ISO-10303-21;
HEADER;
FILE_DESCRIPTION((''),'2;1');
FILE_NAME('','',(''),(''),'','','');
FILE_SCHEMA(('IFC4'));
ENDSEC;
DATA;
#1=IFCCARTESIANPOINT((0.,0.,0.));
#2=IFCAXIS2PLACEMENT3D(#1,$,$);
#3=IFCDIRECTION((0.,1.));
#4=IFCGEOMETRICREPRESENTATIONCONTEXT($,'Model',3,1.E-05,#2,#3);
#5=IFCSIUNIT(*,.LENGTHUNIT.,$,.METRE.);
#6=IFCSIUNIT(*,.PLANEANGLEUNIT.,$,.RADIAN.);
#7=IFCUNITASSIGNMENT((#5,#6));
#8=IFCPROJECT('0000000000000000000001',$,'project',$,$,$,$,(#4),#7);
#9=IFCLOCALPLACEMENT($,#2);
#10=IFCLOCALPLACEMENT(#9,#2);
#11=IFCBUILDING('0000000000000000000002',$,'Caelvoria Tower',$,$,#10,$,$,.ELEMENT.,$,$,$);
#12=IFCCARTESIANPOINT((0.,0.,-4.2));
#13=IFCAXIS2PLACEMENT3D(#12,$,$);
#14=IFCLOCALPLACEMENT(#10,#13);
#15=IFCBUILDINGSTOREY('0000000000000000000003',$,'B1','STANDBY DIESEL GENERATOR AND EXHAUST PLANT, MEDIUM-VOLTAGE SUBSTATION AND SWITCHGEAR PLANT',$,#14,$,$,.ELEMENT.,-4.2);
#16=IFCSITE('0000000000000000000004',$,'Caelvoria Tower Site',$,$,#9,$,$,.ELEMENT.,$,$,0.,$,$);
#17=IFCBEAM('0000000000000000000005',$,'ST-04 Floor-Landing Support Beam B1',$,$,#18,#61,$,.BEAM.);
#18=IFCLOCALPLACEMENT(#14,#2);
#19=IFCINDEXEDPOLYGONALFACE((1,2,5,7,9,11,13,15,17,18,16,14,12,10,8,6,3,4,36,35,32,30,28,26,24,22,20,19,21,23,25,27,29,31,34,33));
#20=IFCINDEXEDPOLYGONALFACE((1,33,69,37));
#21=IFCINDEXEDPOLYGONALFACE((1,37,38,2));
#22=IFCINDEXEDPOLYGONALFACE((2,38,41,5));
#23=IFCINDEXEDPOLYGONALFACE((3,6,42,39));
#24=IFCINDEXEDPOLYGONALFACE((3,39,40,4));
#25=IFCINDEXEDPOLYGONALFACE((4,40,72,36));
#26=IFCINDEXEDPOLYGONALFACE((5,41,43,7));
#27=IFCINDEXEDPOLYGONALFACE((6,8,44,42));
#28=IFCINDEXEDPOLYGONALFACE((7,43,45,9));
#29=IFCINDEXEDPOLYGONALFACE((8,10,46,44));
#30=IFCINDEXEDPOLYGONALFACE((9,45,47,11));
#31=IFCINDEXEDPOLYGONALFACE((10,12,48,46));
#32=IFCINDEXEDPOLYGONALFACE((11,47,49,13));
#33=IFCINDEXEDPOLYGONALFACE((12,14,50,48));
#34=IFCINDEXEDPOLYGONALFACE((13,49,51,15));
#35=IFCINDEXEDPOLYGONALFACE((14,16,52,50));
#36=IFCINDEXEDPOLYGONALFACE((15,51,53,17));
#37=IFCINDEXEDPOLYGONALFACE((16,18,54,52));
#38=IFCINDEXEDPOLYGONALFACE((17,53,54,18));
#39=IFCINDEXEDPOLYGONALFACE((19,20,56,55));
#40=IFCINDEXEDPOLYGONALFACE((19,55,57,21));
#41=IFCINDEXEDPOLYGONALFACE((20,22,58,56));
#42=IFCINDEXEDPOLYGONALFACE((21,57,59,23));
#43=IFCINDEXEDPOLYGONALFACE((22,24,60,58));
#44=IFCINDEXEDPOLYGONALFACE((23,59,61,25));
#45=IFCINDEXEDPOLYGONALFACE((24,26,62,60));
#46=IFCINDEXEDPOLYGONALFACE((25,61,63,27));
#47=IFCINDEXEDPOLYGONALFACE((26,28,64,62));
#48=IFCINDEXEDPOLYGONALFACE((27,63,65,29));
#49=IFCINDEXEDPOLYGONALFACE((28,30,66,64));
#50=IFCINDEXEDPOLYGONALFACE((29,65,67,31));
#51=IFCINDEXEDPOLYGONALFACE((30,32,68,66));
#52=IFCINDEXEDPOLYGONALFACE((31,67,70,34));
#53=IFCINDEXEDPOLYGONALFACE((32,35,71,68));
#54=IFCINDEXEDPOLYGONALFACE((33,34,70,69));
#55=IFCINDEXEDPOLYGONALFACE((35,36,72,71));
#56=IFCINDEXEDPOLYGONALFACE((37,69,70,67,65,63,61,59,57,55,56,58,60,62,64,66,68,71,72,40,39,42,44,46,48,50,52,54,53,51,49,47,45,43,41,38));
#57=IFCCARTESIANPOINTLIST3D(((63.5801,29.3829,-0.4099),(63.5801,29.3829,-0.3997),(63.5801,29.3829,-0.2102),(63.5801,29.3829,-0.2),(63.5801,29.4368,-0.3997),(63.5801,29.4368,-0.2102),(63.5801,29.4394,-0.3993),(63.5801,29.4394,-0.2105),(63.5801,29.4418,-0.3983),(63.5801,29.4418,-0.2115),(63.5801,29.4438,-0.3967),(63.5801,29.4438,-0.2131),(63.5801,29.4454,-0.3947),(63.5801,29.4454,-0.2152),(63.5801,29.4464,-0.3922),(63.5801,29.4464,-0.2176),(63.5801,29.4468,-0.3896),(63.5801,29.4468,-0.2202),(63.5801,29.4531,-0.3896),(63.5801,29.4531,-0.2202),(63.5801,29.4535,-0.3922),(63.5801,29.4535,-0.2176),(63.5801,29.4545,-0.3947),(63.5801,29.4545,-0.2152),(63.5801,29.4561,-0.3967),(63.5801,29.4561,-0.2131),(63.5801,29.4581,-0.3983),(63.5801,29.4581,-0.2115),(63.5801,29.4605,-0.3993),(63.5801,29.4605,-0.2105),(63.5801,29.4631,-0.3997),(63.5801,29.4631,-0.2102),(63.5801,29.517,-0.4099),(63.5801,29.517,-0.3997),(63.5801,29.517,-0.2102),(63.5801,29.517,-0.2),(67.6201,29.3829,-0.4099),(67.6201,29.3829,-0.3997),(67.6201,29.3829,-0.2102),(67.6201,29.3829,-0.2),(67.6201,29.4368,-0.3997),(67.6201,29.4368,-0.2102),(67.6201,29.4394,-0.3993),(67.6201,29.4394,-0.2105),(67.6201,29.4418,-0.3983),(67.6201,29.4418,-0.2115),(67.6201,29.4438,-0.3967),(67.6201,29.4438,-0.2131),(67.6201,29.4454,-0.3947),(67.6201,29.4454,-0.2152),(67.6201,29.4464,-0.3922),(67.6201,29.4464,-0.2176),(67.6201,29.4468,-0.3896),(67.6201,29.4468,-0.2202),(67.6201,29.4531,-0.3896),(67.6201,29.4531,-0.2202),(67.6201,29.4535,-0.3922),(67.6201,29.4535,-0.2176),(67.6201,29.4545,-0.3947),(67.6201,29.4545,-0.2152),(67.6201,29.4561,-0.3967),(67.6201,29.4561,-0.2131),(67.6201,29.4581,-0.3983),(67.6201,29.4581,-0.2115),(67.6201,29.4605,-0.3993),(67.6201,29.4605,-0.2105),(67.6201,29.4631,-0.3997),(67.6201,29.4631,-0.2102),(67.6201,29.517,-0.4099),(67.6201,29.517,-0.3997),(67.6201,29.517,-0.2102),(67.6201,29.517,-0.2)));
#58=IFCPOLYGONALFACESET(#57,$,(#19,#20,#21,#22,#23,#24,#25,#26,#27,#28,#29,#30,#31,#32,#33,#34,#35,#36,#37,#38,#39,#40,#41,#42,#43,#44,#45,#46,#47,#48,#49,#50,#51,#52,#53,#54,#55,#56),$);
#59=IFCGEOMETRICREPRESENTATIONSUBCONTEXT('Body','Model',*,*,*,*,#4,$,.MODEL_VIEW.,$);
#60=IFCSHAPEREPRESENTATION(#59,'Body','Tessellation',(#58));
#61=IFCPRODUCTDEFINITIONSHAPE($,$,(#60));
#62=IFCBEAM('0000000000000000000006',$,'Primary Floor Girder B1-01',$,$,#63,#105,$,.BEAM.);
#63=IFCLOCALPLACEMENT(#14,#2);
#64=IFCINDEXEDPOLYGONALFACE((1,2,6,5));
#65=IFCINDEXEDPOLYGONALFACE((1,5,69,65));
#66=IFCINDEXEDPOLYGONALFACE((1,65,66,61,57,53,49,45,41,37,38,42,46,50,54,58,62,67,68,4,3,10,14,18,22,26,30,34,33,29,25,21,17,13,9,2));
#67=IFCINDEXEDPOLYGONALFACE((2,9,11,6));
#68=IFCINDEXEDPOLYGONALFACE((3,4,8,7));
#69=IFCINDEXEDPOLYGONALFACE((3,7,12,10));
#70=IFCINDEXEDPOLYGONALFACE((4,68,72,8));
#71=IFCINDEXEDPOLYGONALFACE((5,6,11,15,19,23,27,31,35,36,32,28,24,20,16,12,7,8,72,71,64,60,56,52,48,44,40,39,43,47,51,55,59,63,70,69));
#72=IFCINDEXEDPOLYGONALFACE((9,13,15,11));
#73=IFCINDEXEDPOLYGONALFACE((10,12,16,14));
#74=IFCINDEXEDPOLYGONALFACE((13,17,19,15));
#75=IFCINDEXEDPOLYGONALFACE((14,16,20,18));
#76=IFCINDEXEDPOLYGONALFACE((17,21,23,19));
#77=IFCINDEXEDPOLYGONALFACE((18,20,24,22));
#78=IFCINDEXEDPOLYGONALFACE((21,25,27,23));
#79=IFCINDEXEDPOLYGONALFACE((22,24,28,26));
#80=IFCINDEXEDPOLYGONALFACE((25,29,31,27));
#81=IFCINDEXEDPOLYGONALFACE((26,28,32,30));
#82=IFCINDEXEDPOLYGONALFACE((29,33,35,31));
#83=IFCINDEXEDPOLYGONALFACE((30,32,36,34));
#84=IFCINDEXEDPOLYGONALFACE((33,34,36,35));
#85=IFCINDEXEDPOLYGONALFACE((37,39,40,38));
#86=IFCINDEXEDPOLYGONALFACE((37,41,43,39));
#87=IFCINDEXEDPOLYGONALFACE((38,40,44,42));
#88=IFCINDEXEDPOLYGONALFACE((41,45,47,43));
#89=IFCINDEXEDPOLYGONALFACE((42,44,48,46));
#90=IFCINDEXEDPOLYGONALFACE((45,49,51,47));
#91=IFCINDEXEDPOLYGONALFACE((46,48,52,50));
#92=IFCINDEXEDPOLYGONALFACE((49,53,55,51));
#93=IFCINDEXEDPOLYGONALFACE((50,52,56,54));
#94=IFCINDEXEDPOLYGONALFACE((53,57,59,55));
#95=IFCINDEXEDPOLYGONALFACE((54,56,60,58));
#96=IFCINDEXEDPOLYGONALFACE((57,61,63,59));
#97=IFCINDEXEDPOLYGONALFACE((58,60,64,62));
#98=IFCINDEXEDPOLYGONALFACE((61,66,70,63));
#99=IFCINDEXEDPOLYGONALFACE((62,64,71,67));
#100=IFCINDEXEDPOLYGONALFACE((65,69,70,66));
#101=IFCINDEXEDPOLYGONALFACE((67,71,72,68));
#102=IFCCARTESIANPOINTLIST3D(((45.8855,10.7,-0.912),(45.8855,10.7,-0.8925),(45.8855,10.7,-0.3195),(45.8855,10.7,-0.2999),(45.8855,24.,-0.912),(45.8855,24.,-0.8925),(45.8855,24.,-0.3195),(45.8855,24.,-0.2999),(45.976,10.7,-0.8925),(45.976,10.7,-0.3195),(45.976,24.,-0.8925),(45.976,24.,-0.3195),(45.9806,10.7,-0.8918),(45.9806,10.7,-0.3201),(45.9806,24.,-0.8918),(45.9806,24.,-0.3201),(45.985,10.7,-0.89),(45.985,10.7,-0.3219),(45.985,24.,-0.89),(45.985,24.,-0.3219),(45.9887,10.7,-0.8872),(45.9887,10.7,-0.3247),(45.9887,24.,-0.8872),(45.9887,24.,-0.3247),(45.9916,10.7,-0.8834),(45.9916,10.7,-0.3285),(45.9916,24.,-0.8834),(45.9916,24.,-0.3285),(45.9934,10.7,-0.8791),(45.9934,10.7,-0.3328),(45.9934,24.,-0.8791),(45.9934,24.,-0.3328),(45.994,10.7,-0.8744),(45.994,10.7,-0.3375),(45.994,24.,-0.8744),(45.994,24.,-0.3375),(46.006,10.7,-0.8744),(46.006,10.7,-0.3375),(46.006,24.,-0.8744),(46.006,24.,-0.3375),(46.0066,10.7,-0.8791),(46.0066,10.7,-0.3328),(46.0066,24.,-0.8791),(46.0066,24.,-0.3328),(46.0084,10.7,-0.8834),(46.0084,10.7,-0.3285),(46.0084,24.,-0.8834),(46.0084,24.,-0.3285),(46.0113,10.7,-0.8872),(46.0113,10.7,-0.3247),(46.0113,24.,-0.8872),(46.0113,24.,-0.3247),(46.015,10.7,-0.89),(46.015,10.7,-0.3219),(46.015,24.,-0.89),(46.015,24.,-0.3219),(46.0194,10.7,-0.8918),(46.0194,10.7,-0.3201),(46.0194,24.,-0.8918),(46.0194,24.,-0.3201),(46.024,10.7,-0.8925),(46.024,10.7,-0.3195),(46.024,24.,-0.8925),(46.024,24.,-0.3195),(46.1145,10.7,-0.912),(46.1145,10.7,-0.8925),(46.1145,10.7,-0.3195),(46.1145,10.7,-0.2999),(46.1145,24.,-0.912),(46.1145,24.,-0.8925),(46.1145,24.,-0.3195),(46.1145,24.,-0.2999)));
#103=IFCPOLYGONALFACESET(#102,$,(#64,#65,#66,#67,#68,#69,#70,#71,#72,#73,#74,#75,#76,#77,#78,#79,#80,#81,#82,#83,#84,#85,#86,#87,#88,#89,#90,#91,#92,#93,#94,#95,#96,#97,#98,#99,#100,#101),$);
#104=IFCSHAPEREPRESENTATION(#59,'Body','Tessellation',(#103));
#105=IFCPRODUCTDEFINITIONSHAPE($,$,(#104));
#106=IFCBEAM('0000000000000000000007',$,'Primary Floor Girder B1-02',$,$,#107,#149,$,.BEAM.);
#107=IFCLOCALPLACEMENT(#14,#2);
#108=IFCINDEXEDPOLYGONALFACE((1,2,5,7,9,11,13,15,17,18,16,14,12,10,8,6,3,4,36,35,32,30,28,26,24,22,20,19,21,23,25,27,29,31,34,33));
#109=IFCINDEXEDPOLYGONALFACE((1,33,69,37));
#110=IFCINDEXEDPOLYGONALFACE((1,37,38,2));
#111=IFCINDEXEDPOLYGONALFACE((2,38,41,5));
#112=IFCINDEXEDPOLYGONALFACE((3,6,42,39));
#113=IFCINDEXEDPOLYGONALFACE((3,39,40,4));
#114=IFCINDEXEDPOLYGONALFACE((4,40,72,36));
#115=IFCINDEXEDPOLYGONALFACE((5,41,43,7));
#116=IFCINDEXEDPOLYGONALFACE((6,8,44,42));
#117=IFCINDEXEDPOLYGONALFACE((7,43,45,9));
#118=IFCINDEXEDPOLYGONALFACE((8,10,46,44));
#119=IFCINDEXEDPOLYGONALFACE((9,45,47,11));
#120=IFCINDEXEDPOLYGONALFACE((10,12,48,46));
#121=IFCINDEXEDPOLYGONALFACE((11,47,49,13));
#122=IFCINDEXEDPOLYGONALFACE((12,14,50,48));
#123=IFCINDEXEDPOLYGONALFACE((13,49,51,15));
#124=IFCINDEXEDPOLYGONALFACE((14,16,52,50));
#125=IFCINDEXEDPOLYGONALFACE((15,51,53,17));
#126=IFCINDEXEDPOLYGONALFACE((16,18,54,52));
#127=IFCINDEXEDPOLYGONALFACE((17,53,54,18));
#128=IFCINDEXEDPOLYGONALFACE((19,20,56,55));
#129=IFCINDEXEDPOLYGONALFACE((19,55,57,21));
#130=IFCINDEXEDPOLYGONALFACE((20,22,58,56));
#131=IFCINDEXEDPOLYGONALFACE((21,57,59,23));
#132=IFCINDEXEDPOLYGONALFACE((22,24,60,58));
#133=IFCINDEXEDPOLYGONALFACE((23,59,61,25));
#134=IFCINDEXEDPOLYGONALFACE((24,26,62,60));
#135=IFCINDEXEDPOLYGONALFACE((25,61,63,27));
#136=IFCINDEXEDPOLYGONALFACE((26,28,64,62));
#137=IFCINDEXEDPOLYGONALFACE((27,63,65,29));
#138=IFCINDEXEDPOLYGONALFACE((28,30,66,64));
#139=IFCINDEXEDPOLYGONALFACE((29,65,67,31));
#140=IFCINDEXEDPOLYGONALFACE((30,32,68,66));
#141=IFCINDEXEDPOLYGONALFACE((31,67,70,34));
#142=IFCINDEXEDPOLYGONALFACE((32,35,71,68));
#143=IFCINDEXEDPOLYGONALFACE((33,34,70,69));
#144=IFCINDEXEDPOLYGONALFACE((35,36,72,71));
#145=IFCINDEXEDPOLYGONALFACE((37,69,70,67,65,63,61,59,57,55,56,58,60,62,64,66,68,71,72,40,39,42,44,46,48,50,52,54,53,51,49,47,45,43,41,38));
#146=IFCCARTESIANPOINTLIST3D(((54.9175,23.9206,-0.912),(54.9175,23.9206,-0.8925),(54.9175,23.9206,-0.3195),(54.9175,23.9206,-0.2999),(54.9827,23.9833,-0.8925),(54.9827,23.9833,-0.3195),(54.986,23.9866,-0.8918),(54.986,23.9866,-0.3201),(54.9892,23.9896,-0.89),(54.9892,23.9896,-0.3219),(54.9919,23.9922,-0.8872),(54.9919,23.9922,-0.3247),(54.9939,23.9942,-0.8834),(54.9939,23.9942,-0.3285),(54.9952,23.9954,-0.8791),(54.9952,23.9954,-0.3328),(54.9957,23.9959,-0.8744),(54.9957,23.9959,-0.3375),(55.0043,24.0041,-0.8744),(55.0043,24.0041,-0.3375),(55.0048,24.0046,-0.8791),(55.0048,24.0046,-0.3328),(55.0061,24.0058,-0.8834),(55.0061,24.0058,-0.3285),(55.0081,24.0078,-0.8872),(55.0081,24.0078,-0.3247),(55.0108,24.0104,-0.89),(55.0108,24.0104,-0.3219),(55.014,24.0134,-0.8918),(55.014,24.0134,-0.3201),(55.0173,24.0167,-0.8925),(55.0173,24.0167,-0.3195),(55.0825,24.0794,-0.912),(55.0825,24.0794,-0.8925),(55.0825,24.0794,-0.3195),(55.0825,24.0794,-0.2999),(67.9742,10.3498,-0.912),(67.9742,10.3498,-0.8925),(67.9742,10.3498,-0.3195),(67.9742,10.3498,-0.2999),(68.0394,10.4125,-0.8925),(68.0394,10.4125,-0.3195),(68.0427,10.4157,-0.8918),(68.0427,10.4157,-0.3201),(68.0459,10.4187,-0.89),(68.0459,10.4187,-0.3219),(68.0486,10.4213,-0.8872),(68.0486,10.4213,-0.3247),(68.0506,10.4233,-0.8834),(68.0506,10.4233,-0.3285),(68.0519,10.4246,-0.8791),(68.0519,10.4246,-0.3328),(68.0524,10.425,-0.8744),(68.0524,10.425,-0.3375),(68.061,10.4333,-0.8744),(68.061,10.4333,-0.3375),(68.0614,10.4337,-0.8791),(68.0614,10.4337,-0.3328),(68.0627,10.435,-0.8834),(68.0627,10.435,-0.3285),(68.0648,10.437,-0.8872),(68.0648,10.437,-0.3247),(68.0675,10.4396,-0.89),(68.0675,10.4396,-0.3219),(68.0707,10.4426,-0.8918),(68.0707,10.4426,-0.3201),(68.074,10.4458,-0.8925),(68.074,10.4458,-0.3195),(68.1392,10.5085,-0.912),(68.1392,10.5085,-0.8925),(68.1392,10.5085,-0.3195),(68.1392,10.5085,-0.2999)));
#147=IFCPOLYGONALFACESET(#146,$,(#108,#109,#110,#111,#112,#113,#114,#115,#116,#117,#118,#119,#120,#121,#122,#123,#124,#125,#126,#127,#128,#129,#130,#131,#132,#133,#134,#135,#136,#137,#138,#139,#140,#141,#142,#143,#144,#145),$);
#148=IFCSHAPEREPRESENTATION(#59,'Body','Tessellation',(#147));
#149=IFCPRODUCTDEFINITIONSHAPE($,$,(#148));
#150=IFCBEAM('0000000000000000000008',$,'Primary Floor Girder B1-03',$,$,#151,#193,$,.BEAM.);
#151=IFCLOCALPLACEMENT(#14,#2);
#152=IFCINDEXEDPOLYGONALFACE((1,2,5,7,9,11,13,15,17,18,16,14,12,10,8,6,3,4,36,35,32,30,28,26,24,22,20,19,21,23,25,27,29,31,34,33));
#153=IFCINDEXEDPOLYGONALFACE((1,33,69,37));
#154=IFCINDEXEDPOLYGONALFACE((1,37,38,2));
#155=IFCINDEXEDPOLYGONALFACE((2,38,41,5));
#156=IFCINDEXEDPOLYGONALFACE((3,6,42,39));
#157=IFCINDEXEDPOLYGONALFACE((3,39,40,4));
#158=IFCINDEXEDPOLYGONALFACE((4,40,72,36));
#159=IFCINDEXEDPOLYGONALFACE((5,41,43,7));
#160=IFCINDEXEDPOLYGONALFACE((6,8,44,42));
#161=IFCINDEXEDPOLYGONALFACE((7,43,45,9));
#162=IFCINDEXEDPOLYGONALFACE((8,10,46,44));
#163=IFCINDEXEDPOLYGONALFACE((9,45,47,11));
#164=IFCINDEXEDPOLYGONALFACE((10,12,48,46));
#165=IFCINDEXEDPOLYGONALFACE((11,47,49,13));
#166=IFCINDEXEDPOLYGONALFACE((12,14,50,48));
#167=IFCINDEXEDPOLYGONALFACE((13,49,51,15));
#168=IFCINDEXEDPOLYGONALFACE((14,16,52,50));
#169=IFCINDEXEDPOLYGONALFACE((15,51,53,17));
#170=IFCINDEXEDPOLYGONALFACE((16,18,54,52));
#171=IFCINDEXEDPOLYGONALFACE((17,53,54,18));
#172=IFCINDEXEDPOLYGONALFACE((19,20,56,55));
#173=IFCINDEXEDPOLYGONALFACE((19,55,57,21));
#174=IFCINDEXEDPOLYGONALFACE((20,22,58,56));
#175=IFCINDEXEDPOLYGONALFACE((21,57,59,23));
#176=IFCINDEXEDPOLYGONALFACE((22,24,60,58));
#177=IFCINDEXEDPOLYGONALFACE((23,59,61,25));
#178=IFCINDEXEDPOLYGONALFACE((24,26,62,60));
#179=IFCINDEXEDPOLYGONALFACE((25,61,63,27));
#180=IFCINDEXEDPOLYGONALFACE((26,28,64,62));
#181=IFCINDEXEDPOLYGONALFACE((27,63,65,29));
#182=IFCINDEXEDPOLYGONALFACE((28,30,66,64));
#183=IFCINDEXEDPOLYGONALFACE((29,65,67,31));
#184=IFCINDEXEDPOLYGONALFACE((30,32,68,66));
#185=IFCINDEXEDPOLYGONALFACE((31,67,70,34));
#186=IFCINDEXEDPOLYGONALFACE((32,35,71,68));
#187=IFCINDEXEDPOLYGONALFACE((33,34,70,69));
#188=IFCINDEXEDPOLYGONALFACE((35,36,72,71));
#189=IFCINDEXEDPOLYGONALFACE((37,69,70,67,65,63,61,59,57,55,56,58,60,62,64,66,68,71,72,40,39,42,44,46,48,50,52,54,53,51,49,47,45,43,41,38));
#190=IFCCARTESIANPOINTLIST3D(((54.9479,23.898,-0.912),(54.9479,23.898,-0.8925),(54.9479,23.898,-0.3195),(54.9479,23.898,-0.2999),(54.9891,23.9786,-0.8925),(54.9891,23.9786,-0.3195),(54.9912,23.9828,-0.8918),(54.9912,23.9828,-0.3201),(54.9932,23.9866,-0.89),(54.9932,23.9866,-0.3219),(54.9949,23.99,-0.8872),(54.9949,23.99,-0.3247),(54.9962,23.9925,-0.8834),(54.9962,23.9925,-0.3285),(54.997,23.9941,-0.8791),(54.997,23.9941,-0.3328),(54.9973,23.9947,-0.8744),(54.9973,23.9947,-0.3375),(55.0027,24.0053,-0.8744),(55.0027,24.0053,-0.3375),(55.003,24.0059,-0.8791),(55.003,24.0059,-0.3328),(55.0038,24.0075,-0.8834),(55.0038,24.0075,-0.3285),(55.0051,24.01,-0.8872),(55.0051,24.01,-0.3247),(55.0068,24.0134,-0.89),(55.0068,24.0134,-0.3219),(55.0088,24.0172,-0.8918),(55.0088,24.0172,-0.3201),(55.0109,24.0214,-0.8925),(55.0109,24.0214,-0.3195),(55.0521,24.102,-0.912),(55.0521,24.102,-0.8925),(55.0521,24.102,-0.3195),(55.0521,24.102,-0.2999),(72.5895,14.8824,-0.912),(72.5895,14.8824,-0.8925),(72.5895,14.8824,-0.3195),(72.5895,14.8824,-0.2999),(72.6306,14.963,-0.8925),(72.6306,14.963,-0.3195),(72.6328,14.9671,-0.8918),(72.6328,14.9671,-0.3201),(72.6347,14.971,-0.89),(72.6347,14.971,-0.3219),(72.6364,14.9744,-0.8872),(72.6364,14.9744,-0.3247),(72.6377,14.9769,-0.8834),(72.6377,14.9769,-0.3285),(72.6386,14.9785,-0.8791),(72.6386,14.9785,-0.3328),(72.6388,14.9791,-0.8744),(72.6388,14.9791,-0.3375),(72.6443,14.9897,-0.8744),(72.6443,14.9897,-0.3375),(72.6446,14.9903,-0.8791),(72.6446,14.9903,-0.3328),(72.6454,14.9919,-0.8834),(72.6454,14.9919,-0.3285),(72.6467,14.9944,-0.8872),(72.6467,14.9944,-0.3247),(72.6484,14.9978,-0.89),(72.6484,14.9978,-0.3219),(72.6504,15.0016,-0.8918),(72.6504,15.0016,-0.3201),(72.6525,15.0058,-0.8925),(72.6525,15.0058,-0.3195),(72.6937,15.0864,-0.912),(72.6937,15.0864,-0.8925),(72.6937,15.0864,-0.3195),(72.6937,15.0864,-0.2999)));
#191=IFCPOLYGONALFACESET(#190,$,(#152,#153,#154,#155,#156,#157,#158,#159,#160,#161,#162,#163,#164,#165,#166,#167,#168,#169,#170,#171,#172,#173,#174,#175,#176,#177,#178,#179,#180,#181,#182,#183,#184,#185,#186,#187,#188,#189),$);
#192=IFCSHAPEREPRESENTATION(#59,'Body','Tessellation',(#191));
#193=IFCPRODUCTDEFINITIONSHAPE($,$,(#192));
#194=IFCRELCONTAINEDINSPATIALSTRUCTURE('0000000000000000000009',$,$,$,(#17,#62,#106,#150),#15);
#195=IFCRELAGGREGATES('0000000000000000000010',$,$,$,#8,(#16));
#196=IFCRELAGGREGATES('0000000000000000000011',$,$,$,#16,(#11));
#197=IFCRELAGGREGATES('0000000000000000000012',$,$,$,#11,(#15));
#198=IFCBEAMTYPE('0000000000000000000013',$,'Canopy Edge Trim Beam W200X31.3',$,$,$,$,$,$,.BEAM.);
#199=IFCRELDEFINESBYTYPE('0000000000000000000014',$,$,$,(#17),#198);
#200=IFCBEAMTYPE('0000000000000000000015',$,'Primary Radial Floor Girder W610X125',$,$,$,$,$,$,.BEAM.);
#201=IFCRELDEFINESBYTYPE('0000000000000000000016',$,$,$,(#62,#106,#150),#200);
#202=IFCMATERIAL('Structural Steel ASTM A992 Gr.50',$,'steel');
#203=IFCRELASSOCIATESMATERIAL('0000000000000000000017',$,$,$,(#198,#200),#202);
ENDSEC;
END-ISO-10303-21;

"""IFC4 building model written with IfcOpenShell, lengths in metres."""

from ifc_helpers import new_model, si_unit, direction, frame, origin, origin_2d, place, context, subcontext, project, spatial, i_section, extrude, material, material_profile, profile_set, type_object, element, save


model = new_model("IFC4")

# Units and contexts
model_context = context("Model", 3, precision=1e-05, world=origin(), true_north=direction((0.0, 1.0)))
body_context = subcontext(model_context, "Body", "Model", "MODEL_VIEW")
ifc_project = project(units=[si_unit("LENGTHUNIT", "METRE"), si_unit("PLANEANGLEUNIT", "RADIAN")], contexts=[model_context])

# Site, building, storey
site_placement = place(None, origin())
site = spatial("IfcSite", under=ifc_project, at=site_placement, Name="Caelvoria Tower Site", CompositionType="ELEMENT", RefElevation=0.0)
building_placement = place(site_placement, origin())
building = spatial("IfcBuilding", under=site, at=building_placement, Name="Caelvoria Tower", CompositionType="ELEMENT")
storey_placement = place(building_placement, frame((0.0, 0.0, -4.2)))
storey = spatial("IfcBuildingStorey", under=building, at=storey_placement, Name="B1", Description="STANDBY DIESEL GENERATOR AND EXHAUST PLANT, MEDIUM-VOLTAGE SUBSTATION AND SWITCHGEAR PLANT", CompositionType="ELEMENT", Elevation=-4.2)

# Beams
ifc_material_1 = material(Name="Structural Steel ASTM A992 Gr.50", Category="steel")
ifc_material_profile_1 = material_profile(ifc_material_1, i_section(OverallWidth=0.134, OverallDepth=0.21, WebThickness=0.0063, FlangeThickness=0.0103, FilletRadius=0.01, at=origin_2d()), Name="Structural Steel ASTM A992 Gr.50")
ifc_profile_set_1 = profile_set([ifc_material_profile_1], Name="W200X31.3 - Structural Steel ASTM A992 Gr.50")
beam_type_1 = type_object("IfcBeamType", Name="Canopy Edge Trim Beam W200X31.3", PredefinedType="BEAM", material=ifc_profile_set_1)
beam_1_placement = place(storey_placement, frame((63.5801, 29.45, -0.3049), z_axis=(1.0, 0.0, 0.0), x_axis=(0.0, 1.0, 0.0)))
element("IfcBeam", 1, at=beam_1_placement, inside=storey, type_object=beam_type_1, Name="ST-04 Floor-Landing Support Beam B1", PredefinedType="BEAM", context=body_context, shape_type="SweptSolid", body=[
    extrude(i_section(OverallWidth=0.134, OverallDepth=0.21, WebThickness=0.0063, FlangeThickness=0.0103, FilletRadius=0.01, at=origin_2d()), origin(), (0.0, 0.0, 1.0), 4.04),
])
ifc_material_profile_2 = material_profile(ifc_material_1, i_section(OverallWidth=0.229, OverallDepth=0.6121, WebThickness=0.012, FlangeThickness=0.0195, FilletRadius=0.0181, at=origin_2d()), Name="Structural Steel ASTM A992 Gr.50")
ifc_profile_set_2 = profile_set([ifc_material_profile_2], Name="W610X125 - Structural Steel ASTM A992 Gr.50")
beam_type_2 = type_object("IfcBeamType", Name="Primary Radial Floor Girder W610X125", PredefinedType="BEAM", material=ifc_profile_set_2)
beam_2_placement = place(storey_placement, frame((46.0, 24.0, -0.606), z_axis=(0.0, -1.0, 0.0), x_axis=(1.0, 0.0, 0.0)))
element("IfcBeam", 2, at=beam_2_placement, inside=storey, type_object=beam_type_2, Name="Primary Floor Girder B1-01", PredefinedType="BEAM", context=body_context, shape_type="SweptSolid", body=[
    extrude(i_section(OverallWidth=0.229, OverallDepth=0.6121, WebThickness=0.012, FlangeThickness=0.0195, FilletRadius=0.0181, at=origin_2d()), origin(), (0.0, 0.0, 1.0), 13.3),
])
beam_3_placement = place(storey_placement, frame((55.0, 24.0, -0.606), z_axis=(0.693324, -0.720626, 0.0), x_axis=(0.720626, 0.693324, 0.0)))
element("IfcBeam", 3, at=beam_3_placement, inside=storey, type_object=beam_type_2, Name="Primary Floor Girder B1-02", PredefinedType="BEAM", context=body_context, shape_type="SweptSolid", body=[
    extrude(i_section(OverallWidth=0.229, OverallDepth=0.6121, WebThickness=0.012, FlangeThickness=0.0195, FilletRadius=0.0181, at=origin_2d()), origin(), (0.0, 0.0, 1.0), 18.832),
])
beam_4_placement = place(storey_placement, frame((55.0, 24.0, -0.606), z_axis=(0.890459, -0.455063, 0.0), x_axis=(0.455063, 0.890459, 0.0)))
element("IfcBeam", 4, at=beam_4_placement, inside=storey, type_object=beam_type_2, Name="Primary Floor Girder B1-03", PredefinedType="BEAM", context=body_context, shape_type="SweptSolid", body=[
    extrude(i_section(OverallWidth=0.229, OverallDepth=0.6121, WebThickness=0.012, FlangeThickness=0.0195, FilletRadius=0.0181, at=origin_2d()), origin(), (0.0, 0.0, 1.0), 19.8118),
])

save(model, "model.ifc")
